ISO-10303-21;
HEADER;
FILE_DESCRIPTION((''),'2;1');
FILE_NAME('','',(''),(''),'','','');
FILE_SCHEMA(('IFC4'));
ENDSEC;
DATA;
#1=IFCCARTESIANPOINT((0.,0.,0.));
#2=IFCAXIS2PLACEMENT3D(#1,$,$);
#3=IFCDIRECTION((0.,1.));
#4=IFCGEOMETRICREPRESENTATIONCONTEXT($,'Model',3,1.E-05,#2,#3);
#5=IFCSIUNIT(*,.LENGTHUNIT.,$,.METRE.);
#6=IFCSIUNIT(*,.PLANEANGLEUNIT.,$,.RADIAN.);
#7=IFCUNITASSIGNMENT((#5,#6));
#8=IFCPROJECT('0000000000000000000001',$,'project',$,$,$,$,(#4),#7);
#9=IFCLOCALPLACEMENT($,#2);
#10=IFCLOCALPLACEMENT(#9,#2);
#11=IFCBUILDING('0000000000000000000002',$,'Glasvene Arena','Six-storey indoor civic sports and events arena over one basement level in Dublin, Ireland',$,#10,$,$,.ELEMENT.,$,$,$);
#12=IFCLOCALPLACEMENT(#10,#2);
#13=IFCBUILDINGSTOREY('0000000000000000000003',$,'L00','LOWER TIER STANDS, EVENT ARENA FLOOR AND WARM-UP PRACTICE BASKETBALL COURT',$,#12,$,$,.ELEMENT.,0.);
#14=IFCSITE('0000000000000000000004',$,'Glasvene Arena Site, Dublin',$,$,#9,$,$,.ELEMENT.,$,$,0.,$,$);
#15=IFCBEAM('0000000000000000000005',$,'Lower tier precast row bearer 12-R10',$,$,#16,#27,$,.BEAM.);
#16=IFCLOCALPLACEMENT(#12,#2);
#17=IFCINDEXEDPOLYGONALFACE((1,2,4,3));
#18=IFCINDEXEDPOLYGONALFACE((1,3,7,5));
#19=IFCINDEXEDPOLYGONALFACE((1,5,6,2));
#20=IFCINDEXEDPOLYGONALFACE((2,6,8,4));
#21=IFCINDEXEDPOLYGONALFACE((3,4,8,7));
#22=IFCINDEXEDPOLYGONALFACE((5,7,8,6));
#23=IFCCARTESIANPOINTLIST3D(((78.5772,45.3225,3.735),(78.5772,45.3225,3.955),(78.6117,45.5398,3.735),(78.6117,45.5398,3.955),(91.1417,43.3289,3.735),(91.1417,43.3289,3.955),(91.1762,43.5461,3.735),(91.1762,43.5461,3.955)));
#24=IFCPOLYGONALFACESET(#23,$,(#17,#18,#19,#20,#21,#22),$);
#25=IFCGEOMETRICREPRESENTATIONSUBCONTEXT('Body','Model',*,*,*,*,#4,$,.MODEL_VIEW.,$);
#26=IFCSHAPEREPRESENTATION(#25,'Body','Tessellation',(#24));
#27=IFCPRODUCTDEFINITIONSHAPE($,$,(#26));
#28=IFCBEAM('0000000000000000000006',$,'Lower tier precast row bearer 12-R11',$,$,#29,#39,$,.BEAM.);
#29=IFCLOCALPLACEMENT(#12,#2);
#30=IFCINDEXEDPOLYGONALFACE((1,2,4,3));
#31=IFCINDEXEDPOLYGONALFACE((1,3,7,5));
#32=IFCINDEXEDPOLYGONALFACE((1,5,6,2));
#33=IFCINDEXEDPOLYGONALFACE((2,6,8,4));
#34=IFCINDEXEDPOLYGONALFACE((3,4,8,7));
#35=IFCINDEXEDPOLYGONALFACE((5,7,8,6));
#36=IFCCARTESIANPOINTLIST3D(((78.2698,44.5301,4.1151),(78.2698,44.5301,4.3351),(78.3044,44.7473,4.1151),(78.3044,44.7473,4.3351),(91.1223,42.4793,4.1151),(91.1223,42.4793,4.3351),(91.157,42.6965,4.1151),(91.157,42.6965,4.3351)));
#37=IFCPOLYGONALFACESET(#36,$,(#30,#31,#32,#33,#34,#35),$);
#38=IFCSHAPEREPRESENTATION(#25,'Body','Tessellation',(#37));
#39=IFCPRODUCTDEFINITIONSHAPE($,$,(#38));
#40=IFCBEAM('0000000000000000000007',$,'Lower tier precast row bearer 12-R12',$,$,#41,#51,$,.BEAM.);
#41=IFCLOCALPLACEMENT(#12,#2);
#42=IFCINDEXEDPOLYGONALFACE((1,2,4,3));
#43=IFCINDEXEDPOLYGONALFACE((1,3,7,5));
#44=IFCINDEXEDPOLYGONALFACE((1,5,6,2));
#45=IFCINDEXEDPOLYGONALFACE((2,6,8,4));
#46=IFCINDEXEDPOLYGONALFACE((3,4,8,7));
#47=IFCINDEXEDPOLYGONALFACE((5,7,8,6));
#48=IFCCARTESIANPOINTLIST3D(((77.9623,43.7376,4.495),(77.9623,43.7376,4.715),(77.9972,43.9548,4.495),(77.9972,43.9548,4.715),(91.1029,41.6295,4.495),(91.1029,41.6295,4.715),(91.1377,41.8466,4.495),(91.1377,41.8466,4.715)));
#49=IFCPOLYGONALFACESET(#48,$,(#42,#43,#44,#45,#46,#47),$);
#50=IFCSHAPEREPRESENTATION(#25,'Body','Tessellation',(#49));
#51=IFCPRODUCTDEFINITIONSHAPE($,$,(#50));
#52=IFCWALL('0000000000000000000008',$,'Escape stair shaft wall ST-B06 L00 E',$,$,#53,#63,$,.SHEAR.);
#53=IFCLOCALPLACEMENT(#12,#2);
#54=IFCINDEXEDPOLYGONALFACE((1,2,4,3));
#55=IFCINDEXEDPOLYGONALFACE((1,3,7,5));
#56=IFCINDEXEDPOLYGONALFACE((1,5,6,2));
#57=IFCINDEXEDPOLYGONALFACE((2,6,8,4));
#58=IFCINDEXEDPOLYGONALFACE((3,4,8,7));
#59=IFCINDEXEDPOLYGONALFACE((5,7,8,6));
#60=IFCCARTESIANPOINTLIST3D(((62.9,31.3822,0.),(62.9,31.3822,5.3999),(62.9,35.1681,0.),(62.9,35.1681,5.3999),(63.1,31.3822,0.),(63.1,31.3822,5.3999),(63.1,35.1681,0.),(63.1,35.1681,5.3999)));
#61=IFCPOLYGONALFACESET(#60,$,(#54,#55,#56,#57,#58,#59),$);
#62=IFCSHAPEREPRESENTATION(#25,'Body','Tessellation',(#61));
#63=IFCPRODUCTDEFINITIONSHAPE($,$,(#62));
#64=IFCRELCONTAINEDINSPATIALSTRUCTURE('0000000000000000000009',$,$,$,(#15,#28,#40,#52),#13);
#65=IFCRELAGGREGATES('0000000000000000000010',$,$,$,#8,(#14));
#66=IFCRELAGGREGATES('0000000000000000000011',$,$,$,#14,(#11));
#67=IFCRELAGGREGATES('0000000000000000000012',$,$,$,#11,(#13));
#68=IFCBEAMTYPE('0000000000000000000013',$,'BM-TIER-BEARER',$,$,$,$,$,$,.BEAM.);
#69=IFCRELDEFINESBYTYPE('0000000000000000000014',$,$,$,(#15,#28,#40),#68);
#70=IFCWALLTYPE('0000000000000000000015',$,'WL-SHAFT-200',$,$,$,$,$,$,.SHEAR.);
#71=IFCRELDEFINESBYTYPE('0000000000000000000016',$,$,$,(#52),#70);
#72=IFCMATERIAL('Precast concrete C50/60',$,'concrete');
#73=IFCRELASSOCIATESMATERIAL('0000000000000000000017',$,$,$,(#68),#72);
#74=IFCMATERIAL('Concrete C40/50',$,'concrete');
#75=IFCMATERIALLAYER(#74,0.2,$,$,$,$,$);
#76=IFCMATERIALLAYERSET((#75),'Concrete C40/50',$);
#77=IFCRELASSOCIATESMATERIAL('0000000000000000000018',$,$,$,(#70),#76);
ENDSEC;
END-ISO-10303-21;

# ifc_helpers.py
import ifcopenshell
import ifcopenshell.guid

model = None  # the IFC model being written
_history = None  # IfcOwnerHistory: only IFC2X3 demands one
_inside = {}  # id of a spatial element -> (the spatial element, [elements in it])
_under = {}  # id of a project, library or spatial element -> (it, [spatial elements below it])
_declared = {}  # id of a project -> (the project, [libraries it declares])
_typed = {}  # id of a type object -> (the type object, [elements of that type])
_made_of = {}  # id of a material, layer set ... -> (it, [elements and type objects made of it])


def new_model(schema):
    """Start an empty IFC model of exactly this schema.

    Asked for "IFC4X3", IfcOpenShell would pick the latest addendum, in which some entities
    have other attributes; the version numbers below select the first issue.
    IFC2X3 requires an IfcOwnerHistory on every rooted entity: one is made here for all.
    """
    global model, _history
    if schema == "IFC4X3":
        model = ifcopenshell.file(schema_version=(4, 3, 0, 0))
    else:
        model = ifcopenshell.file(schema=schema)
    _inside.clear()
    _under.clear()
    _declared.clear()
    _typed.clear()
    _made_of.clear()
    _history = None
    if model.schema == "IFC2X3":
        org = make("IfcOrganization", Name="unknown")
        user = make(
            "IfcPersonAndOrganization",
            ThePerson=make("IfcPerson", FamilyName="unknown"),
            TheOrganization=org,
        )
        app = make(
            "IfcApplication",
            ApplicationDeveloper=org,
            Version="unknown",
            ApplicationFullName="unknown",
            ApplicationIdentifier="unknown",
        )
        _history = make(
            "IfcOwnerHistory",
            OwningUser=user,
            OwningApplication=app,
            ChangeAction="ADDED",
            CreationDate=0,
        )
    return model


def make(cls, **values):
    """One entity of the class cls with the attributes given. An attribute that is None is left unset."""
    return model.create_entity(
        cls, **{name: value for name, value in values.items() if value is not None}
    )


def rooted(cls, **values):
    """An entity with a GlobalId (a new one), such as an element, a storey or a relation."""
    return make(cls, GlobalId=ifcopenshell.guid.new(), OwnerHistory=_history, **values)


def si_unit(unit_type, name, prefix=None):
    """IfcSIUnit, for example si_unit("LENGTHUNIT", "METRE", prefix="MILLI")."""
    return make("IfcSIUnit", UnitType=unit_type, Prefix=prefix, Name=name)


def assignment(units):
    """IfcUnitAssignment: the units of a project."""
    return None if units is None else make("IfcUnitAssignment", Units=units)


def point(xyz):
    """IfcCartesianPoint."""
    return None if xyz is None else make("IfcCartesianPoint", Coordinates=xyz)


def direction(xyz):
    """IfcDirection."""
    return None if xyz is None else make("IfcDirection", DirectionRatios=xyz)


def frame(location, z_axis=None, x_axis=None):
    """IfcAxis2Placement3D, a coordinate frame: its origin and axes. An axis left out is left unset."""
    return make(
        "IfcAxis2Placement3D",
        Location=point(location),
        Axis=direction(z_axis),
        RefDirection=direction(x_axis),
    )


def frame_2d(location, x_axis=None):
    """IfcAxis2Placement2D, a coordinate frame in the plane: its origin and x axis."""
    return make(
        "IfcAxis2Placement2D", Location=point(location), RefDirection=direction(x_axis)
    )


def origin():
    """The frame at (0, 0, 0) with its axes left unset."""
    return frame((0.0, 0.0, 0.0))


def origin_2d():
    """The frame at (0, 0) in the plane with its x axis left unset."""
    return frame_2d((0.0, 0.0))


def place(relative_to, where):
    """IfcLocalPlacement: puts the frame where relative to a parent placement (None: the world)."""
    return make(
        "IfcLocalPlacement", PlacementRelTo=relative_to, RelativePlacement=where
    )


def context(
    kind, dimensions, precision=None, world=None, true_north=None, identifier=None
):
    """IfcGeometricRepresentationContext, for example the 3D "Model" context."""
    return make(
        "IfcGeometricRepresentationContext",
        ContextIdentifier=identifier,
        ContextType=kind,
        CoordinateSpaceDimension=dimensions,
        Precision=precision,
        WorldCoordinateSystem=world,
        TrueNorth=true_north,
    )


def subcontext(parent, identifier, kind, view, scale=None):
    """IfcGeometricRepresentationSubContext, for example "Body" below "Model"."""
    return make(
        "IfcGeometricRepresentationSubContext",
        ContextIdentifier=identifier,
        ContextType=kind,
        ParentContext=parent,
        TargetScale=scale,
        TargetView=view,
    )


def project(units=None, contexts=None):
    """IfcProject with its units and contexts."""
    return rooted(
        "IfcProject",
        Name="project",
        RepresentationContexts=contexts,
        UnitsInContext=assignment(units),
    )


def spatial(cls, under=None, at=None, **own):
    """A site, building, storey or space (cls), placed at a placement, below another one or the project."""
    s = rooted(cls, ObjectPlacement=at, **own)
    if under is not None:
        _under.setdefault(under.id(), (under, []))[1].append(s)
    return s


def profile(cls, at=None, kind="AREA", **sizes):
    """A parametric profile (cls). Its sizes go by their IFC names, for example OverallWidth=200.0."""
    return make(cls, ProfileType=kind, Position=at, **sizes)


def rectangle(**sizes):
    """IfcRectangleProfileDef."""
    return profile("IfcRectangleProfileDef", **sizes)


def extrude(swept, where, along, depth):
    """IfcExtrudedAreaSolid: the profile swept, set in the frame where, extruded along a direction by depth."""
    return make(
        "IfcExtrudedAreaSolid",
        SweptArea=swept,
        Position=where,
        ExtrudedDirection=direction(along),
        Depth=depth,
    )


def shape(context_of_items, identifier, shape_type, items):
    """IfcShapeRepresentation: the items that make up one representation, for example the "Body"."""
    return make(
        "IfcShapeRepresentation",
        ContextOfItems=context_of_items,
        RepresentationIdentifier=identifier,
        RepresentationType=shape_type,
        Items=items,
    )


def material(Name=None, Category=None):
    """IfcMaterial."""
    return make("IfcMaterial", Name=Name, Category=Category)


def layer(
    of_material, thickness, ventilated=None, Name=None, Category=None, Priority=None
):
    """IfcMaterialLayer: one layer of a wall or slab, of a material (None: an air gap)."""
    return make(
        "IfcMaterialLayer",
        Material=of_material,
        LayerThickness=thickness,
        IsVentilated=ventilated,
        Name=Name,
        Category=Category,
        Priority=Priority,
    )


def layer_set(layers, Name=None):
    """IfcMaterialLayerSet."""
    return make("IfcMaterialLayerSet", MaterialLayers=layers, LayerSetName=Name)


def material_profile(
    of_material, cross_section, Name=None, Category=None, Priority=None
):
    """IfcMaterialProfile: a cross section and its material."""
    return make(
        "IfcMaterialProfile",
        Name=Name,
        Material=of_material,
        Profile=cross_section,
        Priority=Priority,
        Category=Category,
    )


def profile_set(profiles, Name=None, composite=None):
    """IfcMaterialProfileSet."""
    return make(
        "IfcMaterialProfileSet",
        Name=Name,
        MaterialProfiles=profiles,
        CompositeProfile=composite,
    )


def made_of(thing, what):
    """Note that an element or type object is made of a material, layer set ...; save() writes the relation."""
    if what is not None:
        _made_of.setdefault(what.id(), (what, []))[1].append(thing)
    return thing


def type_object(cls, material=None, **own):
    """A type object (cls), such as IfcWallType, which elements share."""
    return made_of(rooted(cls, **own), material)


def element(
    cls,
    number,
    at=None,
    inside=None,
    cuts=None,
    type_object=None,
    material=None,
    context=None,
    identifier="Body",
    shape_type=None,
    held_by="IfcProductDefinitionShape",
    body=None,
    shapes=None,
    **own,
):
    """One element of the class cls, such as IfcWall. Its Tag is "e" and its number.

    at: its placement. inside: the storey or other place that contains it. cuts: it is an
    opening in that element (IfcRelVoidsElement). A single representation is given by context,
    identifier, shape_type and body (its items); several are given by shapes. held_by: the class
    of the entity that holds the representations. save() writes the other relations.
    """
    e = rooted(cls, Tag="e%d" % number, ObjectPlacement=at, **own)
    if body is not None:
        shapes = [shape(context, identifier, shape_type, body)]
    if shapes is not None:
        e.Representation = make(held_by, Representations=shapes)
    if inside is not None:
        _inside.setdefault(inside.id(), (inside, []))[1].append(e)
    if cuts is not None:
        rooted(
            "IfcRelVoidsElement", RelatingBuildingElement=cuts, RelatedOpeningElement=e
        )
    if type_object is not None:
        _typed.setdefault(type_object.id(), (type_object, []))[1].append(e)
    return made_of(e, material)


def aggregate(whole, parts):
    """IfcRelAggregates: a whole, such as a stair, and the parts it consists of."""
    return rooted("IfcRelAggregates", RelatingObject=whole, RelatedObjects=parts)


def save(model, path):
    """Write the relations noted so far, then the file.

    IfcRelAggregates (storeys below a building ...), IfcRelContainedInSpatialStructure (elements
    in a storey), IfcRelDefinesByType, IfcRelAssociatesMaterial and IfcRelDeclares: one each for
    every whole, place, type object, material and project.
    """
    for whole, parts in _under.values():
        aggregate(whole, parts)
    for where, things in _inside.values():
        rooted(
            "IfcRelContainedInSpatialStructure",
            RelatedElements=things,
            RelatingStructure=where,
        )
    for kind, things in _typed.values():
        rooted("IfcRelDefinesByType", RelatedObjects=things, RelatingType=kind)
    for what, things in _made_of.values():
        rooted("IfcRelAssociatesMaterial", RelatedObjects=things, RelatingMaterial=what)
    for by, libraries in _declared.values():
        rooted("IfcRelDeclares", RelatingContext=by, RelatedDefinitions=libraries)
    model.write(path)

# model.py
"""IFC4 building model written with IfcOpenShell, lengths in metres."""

from ifc_helpers import new_model, si_unit, direction, frame, frame_2d, origin, origin_2d, place, context, subcontext, project, spatial, rectangle, extrude, material, layer, layer_set, material_profile, profile_set, type_object, element, save


model = new_model("IFC4")

# Units and contexts
model_context = context("Model", 3, precision=1e-05, world=origin(), true_north=direction((0.0, 1.0)))
body_context = subcontext(model_context, "Body", "Model", "MODEL_VIEW")
ifc_project = project(units=[si_unit("LENGTHUNIT", "METRE"), si_unit("PLANEANGLEUNIT", "RADIAN")], contexts=[model_context])

# Site, building, storey
site_placement = place(None, origin())
site = spatial("IfcSite", under=ifc_project, at=site_placement, Name="Glasvene Arena Site, Dublin", CompositionType="ELEMENT", RefElevation=0.0)
building_placement = place(site_placement, origin())
building = spatial("IfcBuilding", under=site, at=building_placement, Name="Glasvene Arena", Description="Six-storey indoor civic sports and events arena over one basement level in Dublin, Ireland", CompositionType="ELEMENT")
storey_placement = place(building_placement, origin())
storey = spatial("IfcBuildingStorey", under=building, at=storey_placement, Name="L00", Description="LOWER TIER STANDS, EVENT ARENA FLOOR AND WARM-UP PRACTICE BASKETBALL COURT", CompositionType="ELEMENT", Elevation=0.0)

# Shared definitions
ifc_material_1 = material(Name="Concrete C40/50", Category="concrete")

# Beams
ifc_material_2 = material(Name="Precast concrete C50/60", Category="concrete")
ifc_material_profile_1 = material_profile(ifc_material_2, rectangle(XDim=0.22, YDim=0.22, at=origin_2d()), Name="RC 220x220")
ifc_profile_set_1 = profile_set([ifc_material_profile_1], Name="Precast concrete C50/60")
beam_type_1 = type_object("IfcBeamType", Name="BM-TIER-BEARER", PredefinedType="BEAM", material=ifc_profile_set_1)
beam_1_placement = place(storey_placement, frame((78.5945, 45.4312, 3.845), z_axis=(0.987644, -0.156713, 0.0), x_axis=(0.156713, 0.987644, 0.0)))
element("IfcBeam", 1, at=beam_1_placement, inside=storey, type_object=beam_type_1, Name="Lower tier precast row bearer 12-R10", PredefinedType="BEAM", context=body_context, shape_type="SweptSolid", body=[
    extrude(rectangle(XDim=0.22, YDim=0.22, at=origin_2d()), origin(), (0.0, 0.0, 1.0), 12.7217),
])
beam_2_placement = place(storey_placement, frame((78.2871, 44.6387, 4.2251), z_axis=(0.987508, -0.157569, 0.0), x_axis=(0.157569, 0.987508, 0.0)))
element("IfcBeam", 2, at=beam_2_placement, inside=storey, type_object=beam_type_1, Name="Lower tier precast row bearer 12-R11", PredefinedType="BEAM", context=body_context, shape_type="SweptSolid", body=[
    extrude(rectangle(XDim=0.22, YDim=0.22, at=origin_2d()), origin(), (0.0, 0.0, 1.0), 13.0151),
])
beam_3_placement = place(storey_placement, frame((77.9797, 43.8462, 4.605), z_axis=(0.987374, -0.158405, 0.0), x_axis=(0.158405, 0.987374, 0.0)))
element("IfcBeam", 3, at=beam_3_placement, inside=storey, type_object=beam_type_1, Name="Lower tier precast row bearer 12-R12", PredefinedType="BEAM", context=body_context, shape_type="SweptSolid", body=[
    extrude(rectangle(XDim=0.22, YDim=0.22, at=origin_2d()), origin(), (0.0, 0.0, 1.0), 13.3086),
])

# Wall
ifc_layer_1 = layer(ifc_material_1, 0.2)
ifc_layer_set_1 = layer_set([ifc_layer_1], Name="Concrete C40/50")
wall_type = type_object("IfcWallType", Name="WL-SHAFT-200", PredefinedType="SHEAR", material=ifc_layer_set_1)
wall_placement = place(storey_placement, frame((63.0, 31.3821, 0.0), z_axis=(0.0, 0.0, 1.0), x_axis=(0.0, 1.0, 0.0)))
element("IfcWall", 4, at=wall_placement, inside=storey, type_object=wall_type, Name="Escape stair shaft wall ST-B06 L00 E", PredefinedType="SHEAR", context=body_context, shape_type="SweptSolid", body=[
    extrude(rectangle(XDim=3.7859, YDim=0.2, at=frame_2d((1.8931, 0.0))), origin(), (0.0, 0.0, 1.0), 5.3999),
])

save(model, "model.ifc")
